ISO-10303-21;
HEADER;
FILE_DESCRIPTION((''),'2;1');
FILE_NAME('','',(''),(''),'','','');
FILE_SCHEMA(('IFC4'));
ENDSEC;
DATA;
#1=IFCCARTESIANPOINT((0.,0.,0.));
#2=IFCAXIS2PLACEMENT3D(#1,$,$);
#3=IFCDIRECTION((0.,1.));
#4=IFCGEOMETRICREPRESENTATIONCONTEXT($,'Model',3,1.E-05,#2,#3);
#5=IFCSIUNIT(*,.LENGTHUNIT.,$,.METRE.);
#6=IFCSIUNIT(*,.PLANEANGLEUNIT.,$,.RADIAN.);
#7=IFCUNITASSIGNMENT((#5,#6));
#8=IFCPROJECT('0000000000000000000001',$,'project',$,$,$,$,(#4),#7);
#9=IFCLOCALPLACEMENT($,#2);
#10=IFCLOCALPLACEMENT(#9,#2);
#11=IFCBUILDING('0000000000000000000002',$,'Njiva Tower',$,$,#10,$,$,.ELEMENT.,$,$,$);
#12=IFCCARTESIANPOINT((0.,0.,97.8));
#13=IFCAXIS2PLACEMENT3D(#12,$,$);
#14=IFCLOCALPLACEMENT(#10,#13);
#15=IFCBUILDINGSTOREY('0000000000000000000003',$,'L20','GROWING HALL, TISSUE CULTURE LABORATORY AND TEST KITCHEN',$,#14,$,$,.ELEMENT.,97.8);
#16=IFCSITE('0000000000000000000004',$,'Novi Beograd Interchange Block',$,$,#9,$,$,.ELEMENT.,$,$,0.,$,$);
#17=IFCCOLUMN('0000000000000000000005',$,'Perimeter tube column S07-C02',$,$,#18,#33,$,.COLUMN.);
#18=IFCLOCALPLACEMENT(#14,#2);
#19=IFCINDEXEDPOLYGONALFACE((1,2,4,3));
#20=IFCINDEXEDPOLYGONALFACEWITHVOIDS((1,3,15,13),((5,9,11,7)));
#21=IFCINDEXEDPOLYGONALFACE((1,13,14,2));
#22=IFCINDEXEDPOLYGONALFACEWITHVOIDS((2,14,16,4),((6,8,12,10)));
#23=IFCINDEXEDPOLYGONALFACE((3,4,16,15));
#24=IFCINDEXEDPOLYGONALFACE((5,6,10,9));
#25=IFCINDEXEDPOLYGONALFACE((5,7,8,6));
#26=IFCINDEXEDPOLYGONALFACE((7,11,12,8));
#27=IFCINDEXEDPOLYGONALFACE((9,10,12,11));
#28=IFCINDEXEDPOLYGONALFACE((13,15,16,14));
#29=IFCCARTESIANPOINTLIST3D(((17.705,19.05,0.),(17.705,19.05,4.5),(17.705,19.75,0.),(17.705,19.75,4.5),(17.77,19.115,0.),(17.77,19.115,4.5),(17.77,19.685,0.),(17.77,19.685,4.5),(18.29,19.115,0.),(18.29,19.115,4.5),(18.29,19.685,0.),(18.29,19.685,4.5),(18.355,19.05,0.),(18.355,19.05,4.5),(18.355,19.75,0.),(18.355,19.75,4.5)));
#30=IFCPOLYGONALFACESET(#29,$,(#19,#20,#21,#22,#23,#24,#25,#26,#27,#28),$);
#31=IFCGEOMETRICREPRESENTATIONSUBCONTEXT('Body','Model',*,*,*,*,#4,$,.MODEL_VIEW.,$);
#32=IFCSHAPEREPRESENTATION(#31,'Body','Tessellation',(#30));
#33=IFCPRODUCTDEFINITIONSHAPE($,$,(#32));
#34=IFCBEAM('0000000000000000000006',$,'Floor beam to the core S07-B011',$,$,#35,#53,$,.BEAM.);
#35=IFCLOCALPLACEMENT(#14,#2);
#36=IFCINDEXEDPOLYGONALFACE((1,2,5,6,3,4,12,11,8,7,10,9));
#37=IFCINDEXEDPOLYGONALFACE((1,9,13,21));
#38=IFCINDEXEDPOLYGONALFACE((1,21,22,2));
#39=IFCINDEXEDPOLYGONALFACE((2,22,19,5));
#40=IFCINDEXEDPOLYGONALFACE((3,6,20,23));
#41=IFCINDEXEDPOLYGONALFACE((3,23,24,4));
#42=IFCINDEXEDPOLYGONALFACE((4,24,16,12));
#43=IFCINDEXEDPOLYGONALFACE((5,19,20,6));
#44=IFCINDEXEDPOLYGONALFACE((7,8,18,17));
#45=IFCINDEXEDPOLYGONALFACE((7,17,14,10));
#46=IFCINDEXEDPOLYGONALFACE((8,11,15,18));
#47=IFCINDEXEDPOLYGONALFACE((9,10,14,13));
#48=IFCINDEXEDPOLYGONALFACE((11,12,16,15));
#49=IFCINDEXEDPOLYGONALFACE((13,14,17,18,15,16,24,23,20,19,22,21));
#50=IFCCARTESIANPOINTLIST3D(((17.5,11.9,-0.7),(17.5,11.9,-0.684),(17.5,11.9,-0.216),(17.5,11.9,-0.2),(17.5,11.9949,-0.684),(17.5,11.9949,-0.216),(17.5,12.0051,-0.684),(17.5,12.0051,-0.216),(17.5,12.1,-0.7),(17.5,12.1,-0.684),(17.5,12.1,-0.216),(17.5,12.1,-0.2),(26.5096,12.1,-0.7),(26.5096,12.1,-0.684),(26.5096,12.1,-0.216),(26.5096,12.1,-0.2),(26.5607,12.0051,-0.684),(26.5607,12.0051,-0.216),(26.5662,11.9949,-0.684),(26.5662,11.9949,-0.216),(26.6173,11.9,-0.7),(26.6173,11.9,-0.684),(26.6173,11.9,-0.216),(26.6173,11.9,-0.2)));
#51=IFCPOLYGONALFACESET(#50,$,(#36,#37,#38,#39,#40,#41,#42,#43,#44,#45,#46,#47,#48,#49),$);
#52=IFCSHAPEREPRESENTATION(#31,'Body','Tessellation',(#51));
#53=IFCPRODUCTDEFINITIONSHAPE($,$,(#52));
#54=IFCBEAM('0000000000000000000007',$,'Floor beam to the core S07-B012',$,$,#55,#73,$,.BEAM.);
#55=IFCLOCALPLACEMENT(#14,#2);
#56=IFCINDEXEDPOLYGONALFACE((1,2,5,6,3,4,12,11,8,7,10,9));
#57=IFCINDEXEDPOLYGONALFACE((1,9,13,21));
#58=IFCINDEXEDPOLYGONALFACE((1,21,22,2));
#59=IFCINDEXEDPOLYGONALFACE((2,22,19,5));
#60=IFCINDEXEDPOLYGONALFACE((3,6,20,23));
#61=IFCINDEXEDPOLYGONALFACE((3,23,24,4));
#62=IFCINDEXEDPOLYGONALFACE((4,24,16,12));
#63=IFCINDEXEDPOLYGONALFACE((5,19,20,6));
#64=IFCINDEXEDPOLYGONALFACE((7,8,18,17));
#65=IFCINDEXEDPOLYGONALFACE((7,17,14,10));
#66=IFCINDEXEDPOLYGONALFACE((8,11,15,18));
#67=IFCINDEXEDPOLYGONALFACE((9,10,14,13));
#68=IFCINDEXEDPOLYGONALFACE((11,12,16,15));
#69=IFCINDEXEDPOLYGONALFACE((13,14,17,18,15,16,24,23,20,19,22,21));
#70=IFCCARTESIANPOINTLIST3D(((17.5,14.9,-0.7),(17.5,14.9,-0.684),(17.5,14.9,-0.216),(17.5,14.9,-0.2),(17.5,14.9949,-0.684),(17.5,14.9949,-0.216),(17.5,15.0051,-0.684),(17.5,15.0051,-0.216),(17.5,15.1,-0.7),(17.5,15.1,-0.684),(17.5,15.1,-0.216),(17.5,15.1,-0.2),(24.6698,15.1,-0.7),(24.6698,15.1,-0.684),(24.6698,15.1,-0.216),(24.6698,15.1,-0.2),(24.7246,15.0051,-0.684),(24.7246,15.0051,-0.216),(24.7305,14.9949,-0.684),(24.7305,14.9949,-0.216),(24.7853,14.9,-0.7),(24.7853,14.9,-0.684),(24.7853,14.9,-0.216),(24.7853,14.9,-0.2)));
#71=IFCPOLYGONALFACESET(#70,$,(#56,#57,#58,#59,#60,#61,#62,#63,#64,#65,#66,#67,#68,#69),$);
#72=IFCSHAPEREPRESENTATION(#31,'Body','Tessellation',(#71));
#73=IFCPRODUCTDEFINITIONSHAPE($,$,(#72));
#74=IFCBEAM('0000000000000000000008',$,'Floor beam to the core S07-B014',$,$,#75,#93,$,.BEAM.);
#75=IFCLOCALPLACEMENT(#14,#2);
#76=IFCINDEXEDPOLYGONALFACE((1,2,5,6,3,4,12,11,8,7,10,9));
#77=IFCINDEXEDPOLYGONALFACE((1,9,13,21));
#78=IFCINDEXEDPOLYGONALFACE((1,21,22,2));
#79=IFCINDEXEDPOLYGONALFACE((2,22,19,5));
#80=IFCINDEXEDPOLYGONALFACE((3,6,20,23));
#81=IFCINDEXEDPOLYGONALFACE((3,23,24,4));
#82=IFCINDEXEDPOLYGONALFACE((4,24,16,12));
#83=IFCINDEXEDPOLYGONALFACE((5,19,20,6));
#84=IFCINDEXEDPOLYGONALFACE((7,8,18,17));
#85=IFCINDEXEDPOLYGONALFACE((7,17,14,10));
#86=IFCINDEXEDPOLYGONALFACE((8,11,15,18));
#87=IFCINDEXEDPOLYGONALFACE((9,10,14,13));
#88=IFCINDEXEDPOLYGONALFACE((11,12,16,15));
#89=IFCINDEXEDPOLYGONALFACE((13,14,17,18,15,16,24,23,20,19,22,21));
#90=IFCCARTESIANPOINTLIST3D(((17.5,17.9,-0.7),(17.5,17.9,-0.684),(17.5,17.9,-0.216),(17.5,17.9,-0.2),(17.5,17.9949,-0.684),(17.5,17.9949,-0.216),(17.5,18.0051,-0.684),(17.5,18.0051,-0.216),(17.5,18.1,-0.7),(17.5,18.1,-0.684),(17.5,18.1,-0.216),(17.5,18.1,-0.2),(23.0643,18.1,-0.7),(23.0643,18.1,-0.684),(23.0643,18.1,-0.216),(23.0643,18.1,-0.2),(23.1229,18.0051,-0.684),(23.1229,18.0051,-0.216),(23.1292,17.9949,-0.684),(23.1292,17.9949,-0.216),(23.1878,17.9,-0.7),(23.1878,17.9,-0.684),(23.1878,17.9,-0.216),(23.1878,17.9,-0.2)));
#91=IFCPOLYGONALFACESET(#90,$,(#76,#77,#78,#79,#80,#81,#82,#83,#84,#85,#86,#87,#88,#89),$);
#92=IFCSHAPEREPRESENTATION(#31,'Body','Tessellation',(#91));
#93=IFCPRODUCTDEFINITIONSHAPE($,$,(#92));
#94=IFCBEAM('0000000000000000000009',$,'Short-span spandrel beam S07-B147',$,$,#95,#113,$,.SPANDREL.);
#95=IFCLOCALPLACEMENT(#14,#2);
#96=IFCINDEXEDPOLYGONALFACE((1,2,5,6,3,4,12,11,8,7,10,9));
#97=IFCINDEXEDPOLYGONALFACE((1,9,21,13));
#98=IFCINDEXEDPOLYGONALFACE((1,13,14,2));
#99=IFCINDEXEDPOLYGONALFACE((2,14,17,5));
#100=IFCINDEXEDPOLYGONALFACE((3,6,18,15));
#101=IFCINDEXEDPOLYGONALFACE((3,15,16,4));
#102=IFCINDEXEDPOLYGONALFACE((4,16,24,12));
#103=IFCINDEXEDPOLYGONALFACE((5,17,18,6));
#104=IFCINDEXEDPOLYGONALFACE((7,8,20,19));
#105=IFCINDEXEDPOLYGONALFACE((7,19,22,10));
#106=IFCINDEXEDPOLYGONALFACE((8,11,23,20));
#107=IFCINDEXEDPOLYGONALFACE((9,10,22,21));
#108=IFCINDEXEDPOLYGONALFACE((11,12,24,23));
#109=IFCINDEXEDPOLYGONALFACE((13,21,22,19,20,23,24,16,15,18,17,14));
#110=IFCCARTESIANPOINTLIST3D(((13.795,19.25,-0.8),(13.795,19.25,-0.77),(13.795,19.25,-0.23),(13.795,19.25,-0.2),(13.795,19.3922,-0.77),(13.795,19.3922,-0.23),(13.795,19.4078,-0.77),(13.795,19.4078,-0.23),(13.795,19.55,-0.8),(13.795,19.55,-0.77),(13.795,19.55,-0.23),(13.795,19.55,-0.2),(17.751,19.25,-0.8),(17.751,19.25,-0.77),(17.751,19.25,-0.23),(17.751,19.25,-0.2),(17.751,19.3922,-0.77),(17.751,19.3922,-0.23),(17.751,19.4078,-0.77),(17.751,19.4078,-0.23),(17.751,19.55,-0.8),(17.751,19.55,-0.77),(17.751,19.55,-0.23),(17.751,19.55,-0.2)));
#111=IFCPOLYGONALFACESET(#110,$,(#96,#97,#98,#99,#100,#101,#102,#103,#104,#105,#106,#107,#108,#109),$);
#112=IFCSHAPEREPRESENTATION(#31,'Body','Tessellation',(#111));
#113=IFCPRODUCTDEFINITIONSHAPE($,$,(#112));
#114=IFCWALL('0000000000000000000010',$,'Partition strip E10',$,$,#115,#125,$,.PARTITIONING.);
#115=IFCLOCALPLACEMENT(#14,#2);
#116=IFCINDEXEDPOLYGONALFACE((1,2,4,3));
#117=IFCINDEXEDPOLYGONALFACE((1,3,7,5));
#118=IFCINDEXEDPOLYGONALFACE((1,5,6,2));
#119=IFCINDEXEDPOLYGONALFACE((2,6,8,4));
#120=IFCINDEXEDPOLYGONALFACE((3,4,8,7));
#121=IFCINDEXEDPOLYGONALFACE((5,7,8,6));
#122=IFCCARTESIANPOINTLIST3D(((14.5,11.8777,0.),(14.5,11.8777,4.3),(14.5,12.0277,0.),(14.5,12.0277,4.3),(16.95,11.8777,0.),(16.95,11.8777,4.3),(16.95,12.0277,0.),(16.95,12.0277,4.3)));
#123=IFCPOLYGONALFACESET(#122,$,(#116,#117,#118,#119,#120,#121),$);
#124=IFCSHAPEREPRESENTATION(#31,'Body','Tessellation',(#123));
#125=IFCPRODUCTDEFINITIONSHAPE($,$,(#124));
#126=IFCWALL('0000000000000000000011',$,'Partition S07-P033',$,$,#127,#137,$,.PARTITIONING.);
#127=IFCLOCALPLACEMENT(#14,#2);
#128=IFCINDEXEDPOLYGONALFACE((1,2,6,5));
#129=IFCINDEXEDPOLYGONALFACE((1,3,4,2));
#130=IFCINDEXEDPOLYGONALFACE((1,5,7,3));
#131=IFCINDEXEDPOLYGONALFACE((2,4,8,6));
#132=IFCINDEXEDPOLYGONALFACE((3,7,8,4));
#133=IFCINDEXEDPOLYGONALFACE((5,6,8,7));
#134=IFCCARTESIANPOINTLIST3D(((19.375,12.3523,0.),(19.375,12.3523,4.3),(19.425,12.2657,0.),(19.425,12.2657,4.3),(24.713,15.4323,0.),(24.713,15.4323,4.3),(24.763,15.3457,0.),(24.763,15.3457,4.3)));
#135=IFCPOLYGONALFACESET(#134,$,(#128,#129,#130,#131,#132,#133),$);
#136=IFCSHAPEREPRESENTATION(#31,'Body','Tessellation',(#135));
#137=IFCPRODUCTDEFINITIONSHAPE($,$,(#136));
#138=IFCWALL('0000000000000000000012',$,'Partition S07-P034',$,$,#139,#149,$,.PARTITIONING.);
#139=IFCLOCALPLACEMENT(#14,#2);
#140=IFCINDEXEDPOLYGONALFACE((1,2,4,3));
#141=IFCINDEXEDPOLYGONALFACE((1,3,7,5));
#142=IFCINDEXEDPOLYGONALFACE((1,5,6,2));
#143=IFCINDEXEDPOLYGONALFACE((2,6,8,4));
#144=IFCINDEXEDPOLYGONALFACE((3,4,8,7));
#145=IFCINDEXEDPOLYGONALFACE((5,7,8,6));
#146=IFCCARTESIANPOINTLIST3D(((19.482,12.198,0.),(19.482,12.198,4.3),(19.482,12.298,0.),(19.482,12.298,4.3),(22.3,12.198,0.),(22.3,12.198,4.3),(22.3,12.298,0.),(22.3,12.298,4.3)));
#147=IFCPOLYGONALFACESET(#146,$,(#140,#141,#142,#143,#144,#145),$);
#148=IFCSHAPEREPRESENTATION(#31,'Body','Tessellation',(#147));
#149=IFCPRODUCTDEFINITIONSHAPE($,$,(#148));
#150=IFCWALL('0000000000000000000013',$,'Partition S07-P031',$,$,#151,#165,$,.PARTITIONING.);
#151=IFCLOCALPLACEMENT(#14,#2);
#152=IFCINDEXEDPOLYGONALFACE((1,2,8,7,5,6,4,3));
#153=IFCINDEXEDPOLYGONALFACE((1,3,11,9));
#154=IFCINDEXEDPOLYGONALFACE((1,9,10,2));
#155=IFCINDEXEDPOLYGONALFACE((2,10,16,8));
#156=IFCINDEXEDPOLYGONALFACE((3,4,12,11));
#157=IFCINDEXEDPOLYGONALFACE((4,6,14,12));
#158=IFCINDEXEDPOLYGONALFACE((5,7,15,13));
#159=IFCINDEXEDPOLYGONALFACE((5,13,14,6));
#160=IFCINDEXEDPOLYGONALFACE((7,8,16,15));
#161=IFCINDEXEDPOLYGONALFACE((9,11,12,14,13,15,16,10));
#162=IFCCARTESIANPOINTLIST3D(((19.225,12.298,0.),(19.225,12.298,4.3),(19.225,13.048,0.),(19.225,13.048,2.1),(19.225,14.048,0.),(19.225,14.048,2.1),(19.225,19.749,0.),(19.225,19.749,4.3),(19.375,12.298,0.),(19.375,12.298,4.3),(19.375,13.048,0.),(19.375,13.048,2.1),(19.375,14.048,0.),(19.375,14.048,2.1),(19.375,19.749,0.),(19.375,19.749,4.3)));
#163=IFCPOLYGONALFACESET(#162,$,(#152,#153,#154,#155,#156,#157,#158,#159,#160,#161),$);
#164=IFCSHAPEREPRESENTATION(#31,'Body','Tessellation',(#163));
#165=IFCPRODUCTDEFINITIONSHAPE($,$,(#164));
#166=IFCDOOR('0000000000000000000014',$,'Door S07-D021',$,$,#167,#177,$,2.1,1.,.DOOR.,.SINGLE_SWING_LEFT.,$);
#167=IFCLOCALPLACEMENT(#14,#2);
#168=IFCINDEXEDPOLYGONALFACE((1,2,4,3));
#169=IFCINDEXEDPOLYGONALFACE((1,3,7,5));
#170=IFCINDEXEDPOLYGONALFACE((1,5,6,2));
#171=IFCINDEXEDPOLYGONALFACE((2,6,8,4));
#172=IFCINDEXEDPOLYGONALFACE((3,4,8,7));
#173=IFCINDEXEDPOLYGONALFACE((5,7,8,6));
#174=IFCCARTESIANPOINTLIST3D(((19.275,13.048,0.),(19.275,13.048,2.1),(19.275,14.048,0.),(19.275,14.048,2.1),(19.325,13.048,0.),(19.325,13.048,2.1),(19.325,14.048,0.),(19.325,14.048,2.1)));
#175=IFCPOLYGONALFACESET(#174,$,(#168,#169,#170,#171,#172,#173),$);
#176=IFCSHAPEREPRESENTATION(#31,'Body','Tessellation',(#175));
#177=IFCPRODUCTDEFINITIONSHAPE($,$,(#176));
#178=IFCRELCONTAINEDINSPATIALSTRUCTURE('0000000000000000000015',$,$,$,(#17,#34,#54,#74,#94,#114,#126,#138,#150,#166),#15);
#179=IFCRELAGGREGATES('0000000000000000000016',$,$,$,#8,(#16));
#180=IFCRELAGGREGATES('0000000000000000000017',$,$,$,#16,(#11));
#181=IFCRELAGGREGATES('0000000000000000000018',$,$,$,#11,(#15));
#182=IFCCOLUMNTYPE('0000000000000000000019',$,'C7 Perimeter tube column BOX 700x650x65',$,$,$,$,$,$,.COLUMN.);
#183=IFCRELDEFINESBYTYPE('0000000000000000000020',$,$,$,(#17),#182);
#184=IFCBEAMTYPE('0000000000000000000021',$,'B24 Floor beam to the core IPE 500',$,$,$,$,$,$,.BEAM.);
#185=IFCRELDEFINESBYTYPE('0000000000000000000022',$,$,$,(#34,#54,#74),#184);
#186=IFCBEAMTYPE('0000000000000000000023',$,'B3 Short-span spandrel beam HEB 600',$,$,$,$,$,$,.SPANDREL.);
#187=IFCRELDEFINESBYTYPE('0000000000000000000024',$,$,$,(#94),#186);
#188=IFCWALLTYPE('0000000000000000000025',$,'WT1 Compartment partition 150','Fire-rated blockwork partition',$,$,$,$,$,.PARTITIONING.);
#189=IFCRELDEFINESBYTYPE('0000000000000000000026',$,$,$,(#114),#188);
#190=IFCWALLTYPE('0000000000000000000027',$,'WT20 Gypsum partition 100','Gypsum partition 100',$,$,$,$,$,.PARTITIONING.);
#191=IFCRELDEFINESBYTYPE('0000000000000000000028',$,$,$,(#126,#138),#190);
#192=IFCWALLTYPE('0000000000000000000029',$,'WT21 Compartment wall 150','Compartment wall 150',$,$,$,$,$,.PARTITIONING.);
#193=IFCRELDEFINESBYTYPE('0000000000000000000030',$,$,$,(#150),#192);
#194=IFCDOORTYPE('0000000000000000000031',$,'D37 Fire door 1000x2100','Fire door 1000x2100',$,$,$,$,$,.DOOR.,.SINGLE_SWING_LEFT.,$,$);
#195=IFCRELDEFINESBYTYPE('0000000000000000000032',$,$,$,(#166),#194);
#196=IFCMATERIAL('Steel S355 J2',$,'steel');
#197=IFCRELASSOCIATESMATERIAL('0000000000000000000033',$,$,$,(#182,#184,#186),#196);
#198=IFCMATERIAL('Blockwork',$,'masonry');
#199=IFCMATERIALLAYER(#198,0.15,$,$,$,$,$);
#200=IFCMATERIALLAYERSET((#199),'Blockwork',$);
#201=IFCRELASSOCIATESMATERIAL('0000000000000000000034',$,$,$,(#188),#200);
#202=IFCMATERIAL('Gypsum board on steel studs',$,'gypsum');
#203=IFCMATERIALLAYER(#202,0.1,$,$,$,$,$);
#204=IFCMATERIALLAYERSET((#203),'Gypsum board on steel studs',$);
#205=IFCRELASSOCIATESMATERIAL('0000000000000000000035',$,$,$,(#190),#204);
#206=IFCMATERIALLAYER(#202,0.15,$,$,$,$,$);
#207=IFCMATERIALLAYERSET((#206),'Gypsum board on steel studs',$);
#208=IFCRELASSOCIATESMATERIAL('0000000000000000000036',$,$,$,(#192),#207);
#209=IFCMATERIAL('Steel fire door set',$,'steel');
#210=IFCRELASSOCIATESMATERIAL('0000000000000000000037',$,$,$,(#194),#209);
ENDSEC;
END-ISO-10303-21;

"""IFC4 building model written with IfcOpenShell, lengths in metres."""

from ifc_helpers import new_model, si_unit, direction, frame, frame_2d, origin, origin_2d, place, context, subcontext, project, spatial, rectangle, hollow_rectangle, i_section, extrude, clip, halfspace, material, layer, layer_set, material_profile, profile_set, type_object, element, fill, save


model = new_model("IFC4")

# Units and contexts
model_context = context("Model", 3, precision=1e-05, world=origin(), true_north=direction((0.0, 1.0)))
body_context = subcontext(model_context, "Body", "Model", "MODEL_VIEW")
ifc_project = project(units=[si_unit("LENGTHUNIT", "METRE"), si_unit("PLANEANGLEUNIT", "RADIAN")], contexts=[model_context])

# Site, building, storey
site_placement = place(None, origin())
site = spatial("IfcSite", under=ifc_project, at=site_placement, Name="Novi Beograd Interchange Block", CompositionType="ELEMENT", RefElevation=0.0)
building_placement = place(site_placement, origin())
building = spatial("IfcBuilding", under=site, at=building_placement, Name="Njiva Tower", CompositionType="ELEMENT")
storey_placement = place(building_placement, frame((0.0, 0.0, 97.8)))
storey = spatial("IfcBuildingStorey", under=building, at=storey_placement, Name="L20", Description="GROWING HALL, TISSUE CULTURE LABORATORY AND TEST KITCHEN", CompositionType="ELEMENT", Elevation=97.8)

# Column
ifc_material_1 = material(Name="Steel S355 J2", Category="steel")
ifc_material_profile_1 = material_profile(ifc_material_1, hollow_rectangle(XDim=0.65, YDim=0.7, WallThickness=0.065, at=origin_2d()), Name="BOX 700x650x65")
ifc_profile_set_1 = profile_set([ifc_material_profile_1], Name="Steel S355 J2")
column_type = type_object("IfcColumnType", Name="C7 Perimeter tube column BOX 700x650x65", PredefinedType="COLUMN", material=ifc_profile_set_1)
column_placement = place(storey_placement, frame((18.03, 19.4, 0.0), z_axis=(0.0, 0.0, 1.0), x_axis=(-1.0, 0.0, 0.0)))
element("IfcColumn", 1, at=column_placement, inside=storey, type_object=column_type, Name="Perimeter tube column S07-C02", PredefinedType="COLUMN", context=body_context, shape_type="SweptSolid", body=[
    extrude(hollow_rectangle(XDim=0.65, YDim=0.7, WallThickness=0.065, at=origin_2d()), origin(), (0.0, 0.0, 1.0), 4.5),
])

# Beams
ifc_material_profile_2 = material_profile(ifc_material_1, i_section(OverallWidth=0.2, OverallDepth=0.5, WebThickness=0.0102, FlangeThickness=0.016, at=origin_2d()), Name="IPE 500")
ifc_profile_set_2 = profile_set([ifc_material_profile_2], Name="Steel S355 J2")
beam_type_1 = type_object("IfcBeamType", Name="B24 Floor beam to the core IPE 500", PredefinedType="BEAM", material=ifc_profile_set_2)
beam_1_placement = place(storey_placement, frame((17.5, 12.0, -0.45), z_axis=(1.0, 0.0, 0.0), x_axis=(0.0, 1.0, 0.0)))
element("IfcBeam", 2, at=beam_1_placement, inside=storey, type_object=beam_type_1, Name="Floor beam to the core S07-B011", PredefinedType="BEAM", context=body_context, shape_type="Clipping", body=[
    clip(extrude(i_section(OverallWidth=0.2, OverallDepth=0.5, WebThickness=0.0102, FlangeThickness=0.016, at=origin_2d()), origin(), (0.0, 0.0, 1.0), 9.137), halfspace(frame((0.0237, 0.0, 9.0507), z_axis=(0.474152, 0.0, 0.880443), x_axis=(0.0, 1.0, 0.0)), False)),
])
beam_2_placement = place(storey_placement, frame((17.5, 15.0, -0.45), z_axis=(1.0, 0.0, 0.0), x_axis=(0.0, 1.0, 0.0)))
element("IfcBeam", 3, at=beam_2_placement, inside=storey, type_object=beam_type_1, Name="Floor beam to the core S07-B012", PredefinedType="BEAM", context=body_context, shape_type="Clipping", body=[
    clip(extrude(i_section(OverallWidth=0.2, OverallDepth=0.5, WebThickness=0.0102, FlangeThickness=0.016, at=origin_2d()), origin(), (0.0, 0.0, 1.0), 7.306), halfspace(frame((0.025, 0.0, 7.2131), z_axis=(0.499998, 0.0, 0.866027), x_axis=(0.0, 1.0, 0.0)), False)),
])
beam_3_placement = place(storey_placement, frame((17.5, 18.0, -0.45), z_axis=(1.0, 0.0, 0.0), x_axis=(0.0, 1.0, 0.0)))
element("IfcBeam", 4, at=beam_3_placement, inside=storey, type_object=beam_type_1, Name="Floor beam to the core S07-B014", PredefinedType="BEAM", context=body_context, shape_type="Clipping", body=[
    clip(extrude(i_section(OverallWidth=0.2, OverallDepth=0.5, WebThickness=0.0102, FlangeThickness=0.016, at=origin_2d()), origin(), (0.0, 0.0, 1.0), 5.708), halfspace(frame((0.0263, 0.0, 5.6098), z_axis=(0.52541, 0.0, 0.850849), x_axis=(0.0, 1.0, 0.0)), False)),
])
ifc_material_profile_3 = material_profile(ifc_material_1, i_section(OverallWidth=0.3, OverallDepth=0.6, WebThickness=0.0155, FlangeThickness=0.03, at=origin_2d()), Name="HEB 600")
ifc_profile_set_3 = profile_set([ifc_material_profile_3], Name="Steel S355 J2")
beam_type_2 = type_object("IfcBeamType", Name="B3 Short-span spandrel beam HEB 600", PredefinedType="SPANDREL", material=ifc_profile_set_3)
beam_4_placement = place(storey_placement, frame((17.751, 19.4, -0.5), z_axis=(-1.0, 0.0, 0.0), x_axis=(0.0, -1.0, 0.0)))
element("IfcBeam", 5, at=beam_4_placement, inside=storey, type_object=beam_type_2, Name="Short-span spandrel beam S07-B147", PredefinedType="SPANDREL", context=body_context, shape_type="SweptSolid", body=[
    extrude(i_section(OverallWidth=0.3, OverallDepth=0.6, WebThickness=0.0155, FlangeThickness=0.03, at=origin_2d()), origin(), (0.0, 0.0, 1.0), 3.956),
])

# Walls
ifc_material_2 = material(Name="Blockwork", Category="masonry")
ifc_layer_1 = layer(ifc_material_2, 0.15)
ifc_layer_set_1 = layer_set([ifc_layer_1], Name="Blockwork")
wall_type_1 = type_object("IfcWallType", Name="WT1 Compartment partition 150", Description="Fire-rated blockwork partition", PredefinedType="PARTITIONING", material=ifc_layer_set_1)
wall_1_placement = place(storey_placement, frame((14.5, 11.9527, 0.0), z_axis=(0.0, 0.0, 1.0), x_axis=(1.0, 0.0, 0.0)))
element("IfcWall", 6, at=wall_1_placement, inside=storey, type_object=wall_type_1, Name="Partition strip E10", PredefinedType="PARTITIONING", context=body_context, shape_type="SweptSolid", body=[
    extrude(rectangle(XDim=2.45, YDim=0.15, at=frame_2d((1.225, 0.0))), origin(), (0.0, 0.0, 1.0), 4.3),
])
ifc_material_3 = material(Name="Gypsum board on steel studs", Category="gypsum")
ifc_layer_2 = layer(ifc_material_3, 0.1)
ifc_layer_set_2 = layer_set([ifc_layer_2], Name="Gypsum board on steel studs")
wall_type_2 = type_object("IfcWallType", Name="WT20 Gypsum partition 100", Description="Gypsum partition 100", PredefinedType="PARTITIONING", material=ifc_layer_set_2)
wall_2_placement = place(storey_placement, frame((19.4, 12.309, 0.0), z_axis=(0.0, 0.0, 1.0), x_axis=(0.866159, 0.499769, 0.0)))
element("IfcWall", 7, at=wall_2_placement, inside=storey, type_object=wall_type_2, Name="Partition S07-P033", PredefinedType="PARTITIONING", context=body_context, shape_type="SweptSolid", body=[
    extrude(rectangle(XDim=6.1628, YDim=0.1, at=frame_2d((3.0814, 0.0))), origin(), (0.0, 0.0, 1.0), 4.3),
])
wall_3_placement = place(storey_placement, frame((19.482, 12.248, 0.0), z_axis=(0.0, 0.0, 1.0), x_axis=(1.0, 0.0, 0.0)))
element("IfcWall", 8, at=wall_3_placement, inside=storey, type_object=wall_type_2, Name="Partition S07-P034", PredefinedType="PARTITIONING", context=body_context, shape_type="SweptSolid", body=[
    extrude(rectangle(XDim=2.818, YDim=0.1, at=frame_2d((1.409, 0.0))), origin(), (0.0, 0.0, 1.0), 4.3),
])

# Wall, opening, door
ifc_layer_3 = layer(ifc_material_3, 0.15)
ifc_layer_set_3 = layer_set([ifc_layer_3], Name="Gypsum board on steel studs")
wall_type_3 = type_object("IfcWallType", Name="WT21 Compartment wall 150", Description="Compartment wall 150", PredefinedType="PARTITIONING", material=ifc_layer_set_3)
wall_4_placement = place(storey_placement, frame((19.3, 12.298, 0.0), z_axis=(0.0, 0.0, 1.0), x_axis=(0.0, 1.0, 0.0)))
wall_4 = element("IfcWall", 9, at=wall_4_placement, inside=storey, type_object=wall_type_3, Name="Partition S07-P031", PredefinedType="PARTITIONING", context=body_context, shape_type="SweptSolid", body=[
    extrude(rectangle(XDim=7.451, YDim=0.15, at=frame_2d((3.7255, 0.0))), origin(), (0.0, 0.0, 1.0), 4.3),
])
opening_placement = place(wall_4_placement, frame((0.75, 0.0, 0.0)))
opening = element("IfcOpeningElement", 10, at=opening_placement, cuts=wall_4, PredefinedType="OPENING", context=body_context, shape_type="SweptSolid", body=[
    extrude(rectangle(XDim=1.0, YDim=2.1, at=frame_2d((0.5, 1.05))), frame((0.0, 0.085, 0.0), z_axis=(0.0, -1.0, 0.0), x_axis=(1.0, 0.0, 0.0)), (0.0, 0.0, 1.0), 0.17),
])
ifc_material_4 = material(Name="Steel fire door set", Category="steel")
door_type = type_object("IfcDoorType", Name="D37 Fire door 1000x2100", Description="Fire door 1000x2100", OperationType="SINGLE_SWING_LEFT", PredefinedType="DOOR", material=ifc_material_4)
door_placement = place(opening_placement, origin())
door = element("IfcDoor", 11, at=door_placement, inside=storey, type_object=door_type, Name="Door S07-D021", OperationType="SINGLE_SWING_LEFT", OverallHeight=2.1, OverallWidth=1.0, PredefinedType="DOOR", context=body_context, shape_type="SweptSolid", body=[
    extrude(rectangle(XDim=1.0, YDim=2.1, at=frame_2d((0.5, 1.05))), frame((0.0, 0.025, 0.0), z_axis=(0.0, -1.0, 0.0), x_axis=(1.0, 0.0, 0.0)), (0.0, 0.0, 1.0), 0.05),
])
fill(opening, door)

save(model, "model.ifc")
